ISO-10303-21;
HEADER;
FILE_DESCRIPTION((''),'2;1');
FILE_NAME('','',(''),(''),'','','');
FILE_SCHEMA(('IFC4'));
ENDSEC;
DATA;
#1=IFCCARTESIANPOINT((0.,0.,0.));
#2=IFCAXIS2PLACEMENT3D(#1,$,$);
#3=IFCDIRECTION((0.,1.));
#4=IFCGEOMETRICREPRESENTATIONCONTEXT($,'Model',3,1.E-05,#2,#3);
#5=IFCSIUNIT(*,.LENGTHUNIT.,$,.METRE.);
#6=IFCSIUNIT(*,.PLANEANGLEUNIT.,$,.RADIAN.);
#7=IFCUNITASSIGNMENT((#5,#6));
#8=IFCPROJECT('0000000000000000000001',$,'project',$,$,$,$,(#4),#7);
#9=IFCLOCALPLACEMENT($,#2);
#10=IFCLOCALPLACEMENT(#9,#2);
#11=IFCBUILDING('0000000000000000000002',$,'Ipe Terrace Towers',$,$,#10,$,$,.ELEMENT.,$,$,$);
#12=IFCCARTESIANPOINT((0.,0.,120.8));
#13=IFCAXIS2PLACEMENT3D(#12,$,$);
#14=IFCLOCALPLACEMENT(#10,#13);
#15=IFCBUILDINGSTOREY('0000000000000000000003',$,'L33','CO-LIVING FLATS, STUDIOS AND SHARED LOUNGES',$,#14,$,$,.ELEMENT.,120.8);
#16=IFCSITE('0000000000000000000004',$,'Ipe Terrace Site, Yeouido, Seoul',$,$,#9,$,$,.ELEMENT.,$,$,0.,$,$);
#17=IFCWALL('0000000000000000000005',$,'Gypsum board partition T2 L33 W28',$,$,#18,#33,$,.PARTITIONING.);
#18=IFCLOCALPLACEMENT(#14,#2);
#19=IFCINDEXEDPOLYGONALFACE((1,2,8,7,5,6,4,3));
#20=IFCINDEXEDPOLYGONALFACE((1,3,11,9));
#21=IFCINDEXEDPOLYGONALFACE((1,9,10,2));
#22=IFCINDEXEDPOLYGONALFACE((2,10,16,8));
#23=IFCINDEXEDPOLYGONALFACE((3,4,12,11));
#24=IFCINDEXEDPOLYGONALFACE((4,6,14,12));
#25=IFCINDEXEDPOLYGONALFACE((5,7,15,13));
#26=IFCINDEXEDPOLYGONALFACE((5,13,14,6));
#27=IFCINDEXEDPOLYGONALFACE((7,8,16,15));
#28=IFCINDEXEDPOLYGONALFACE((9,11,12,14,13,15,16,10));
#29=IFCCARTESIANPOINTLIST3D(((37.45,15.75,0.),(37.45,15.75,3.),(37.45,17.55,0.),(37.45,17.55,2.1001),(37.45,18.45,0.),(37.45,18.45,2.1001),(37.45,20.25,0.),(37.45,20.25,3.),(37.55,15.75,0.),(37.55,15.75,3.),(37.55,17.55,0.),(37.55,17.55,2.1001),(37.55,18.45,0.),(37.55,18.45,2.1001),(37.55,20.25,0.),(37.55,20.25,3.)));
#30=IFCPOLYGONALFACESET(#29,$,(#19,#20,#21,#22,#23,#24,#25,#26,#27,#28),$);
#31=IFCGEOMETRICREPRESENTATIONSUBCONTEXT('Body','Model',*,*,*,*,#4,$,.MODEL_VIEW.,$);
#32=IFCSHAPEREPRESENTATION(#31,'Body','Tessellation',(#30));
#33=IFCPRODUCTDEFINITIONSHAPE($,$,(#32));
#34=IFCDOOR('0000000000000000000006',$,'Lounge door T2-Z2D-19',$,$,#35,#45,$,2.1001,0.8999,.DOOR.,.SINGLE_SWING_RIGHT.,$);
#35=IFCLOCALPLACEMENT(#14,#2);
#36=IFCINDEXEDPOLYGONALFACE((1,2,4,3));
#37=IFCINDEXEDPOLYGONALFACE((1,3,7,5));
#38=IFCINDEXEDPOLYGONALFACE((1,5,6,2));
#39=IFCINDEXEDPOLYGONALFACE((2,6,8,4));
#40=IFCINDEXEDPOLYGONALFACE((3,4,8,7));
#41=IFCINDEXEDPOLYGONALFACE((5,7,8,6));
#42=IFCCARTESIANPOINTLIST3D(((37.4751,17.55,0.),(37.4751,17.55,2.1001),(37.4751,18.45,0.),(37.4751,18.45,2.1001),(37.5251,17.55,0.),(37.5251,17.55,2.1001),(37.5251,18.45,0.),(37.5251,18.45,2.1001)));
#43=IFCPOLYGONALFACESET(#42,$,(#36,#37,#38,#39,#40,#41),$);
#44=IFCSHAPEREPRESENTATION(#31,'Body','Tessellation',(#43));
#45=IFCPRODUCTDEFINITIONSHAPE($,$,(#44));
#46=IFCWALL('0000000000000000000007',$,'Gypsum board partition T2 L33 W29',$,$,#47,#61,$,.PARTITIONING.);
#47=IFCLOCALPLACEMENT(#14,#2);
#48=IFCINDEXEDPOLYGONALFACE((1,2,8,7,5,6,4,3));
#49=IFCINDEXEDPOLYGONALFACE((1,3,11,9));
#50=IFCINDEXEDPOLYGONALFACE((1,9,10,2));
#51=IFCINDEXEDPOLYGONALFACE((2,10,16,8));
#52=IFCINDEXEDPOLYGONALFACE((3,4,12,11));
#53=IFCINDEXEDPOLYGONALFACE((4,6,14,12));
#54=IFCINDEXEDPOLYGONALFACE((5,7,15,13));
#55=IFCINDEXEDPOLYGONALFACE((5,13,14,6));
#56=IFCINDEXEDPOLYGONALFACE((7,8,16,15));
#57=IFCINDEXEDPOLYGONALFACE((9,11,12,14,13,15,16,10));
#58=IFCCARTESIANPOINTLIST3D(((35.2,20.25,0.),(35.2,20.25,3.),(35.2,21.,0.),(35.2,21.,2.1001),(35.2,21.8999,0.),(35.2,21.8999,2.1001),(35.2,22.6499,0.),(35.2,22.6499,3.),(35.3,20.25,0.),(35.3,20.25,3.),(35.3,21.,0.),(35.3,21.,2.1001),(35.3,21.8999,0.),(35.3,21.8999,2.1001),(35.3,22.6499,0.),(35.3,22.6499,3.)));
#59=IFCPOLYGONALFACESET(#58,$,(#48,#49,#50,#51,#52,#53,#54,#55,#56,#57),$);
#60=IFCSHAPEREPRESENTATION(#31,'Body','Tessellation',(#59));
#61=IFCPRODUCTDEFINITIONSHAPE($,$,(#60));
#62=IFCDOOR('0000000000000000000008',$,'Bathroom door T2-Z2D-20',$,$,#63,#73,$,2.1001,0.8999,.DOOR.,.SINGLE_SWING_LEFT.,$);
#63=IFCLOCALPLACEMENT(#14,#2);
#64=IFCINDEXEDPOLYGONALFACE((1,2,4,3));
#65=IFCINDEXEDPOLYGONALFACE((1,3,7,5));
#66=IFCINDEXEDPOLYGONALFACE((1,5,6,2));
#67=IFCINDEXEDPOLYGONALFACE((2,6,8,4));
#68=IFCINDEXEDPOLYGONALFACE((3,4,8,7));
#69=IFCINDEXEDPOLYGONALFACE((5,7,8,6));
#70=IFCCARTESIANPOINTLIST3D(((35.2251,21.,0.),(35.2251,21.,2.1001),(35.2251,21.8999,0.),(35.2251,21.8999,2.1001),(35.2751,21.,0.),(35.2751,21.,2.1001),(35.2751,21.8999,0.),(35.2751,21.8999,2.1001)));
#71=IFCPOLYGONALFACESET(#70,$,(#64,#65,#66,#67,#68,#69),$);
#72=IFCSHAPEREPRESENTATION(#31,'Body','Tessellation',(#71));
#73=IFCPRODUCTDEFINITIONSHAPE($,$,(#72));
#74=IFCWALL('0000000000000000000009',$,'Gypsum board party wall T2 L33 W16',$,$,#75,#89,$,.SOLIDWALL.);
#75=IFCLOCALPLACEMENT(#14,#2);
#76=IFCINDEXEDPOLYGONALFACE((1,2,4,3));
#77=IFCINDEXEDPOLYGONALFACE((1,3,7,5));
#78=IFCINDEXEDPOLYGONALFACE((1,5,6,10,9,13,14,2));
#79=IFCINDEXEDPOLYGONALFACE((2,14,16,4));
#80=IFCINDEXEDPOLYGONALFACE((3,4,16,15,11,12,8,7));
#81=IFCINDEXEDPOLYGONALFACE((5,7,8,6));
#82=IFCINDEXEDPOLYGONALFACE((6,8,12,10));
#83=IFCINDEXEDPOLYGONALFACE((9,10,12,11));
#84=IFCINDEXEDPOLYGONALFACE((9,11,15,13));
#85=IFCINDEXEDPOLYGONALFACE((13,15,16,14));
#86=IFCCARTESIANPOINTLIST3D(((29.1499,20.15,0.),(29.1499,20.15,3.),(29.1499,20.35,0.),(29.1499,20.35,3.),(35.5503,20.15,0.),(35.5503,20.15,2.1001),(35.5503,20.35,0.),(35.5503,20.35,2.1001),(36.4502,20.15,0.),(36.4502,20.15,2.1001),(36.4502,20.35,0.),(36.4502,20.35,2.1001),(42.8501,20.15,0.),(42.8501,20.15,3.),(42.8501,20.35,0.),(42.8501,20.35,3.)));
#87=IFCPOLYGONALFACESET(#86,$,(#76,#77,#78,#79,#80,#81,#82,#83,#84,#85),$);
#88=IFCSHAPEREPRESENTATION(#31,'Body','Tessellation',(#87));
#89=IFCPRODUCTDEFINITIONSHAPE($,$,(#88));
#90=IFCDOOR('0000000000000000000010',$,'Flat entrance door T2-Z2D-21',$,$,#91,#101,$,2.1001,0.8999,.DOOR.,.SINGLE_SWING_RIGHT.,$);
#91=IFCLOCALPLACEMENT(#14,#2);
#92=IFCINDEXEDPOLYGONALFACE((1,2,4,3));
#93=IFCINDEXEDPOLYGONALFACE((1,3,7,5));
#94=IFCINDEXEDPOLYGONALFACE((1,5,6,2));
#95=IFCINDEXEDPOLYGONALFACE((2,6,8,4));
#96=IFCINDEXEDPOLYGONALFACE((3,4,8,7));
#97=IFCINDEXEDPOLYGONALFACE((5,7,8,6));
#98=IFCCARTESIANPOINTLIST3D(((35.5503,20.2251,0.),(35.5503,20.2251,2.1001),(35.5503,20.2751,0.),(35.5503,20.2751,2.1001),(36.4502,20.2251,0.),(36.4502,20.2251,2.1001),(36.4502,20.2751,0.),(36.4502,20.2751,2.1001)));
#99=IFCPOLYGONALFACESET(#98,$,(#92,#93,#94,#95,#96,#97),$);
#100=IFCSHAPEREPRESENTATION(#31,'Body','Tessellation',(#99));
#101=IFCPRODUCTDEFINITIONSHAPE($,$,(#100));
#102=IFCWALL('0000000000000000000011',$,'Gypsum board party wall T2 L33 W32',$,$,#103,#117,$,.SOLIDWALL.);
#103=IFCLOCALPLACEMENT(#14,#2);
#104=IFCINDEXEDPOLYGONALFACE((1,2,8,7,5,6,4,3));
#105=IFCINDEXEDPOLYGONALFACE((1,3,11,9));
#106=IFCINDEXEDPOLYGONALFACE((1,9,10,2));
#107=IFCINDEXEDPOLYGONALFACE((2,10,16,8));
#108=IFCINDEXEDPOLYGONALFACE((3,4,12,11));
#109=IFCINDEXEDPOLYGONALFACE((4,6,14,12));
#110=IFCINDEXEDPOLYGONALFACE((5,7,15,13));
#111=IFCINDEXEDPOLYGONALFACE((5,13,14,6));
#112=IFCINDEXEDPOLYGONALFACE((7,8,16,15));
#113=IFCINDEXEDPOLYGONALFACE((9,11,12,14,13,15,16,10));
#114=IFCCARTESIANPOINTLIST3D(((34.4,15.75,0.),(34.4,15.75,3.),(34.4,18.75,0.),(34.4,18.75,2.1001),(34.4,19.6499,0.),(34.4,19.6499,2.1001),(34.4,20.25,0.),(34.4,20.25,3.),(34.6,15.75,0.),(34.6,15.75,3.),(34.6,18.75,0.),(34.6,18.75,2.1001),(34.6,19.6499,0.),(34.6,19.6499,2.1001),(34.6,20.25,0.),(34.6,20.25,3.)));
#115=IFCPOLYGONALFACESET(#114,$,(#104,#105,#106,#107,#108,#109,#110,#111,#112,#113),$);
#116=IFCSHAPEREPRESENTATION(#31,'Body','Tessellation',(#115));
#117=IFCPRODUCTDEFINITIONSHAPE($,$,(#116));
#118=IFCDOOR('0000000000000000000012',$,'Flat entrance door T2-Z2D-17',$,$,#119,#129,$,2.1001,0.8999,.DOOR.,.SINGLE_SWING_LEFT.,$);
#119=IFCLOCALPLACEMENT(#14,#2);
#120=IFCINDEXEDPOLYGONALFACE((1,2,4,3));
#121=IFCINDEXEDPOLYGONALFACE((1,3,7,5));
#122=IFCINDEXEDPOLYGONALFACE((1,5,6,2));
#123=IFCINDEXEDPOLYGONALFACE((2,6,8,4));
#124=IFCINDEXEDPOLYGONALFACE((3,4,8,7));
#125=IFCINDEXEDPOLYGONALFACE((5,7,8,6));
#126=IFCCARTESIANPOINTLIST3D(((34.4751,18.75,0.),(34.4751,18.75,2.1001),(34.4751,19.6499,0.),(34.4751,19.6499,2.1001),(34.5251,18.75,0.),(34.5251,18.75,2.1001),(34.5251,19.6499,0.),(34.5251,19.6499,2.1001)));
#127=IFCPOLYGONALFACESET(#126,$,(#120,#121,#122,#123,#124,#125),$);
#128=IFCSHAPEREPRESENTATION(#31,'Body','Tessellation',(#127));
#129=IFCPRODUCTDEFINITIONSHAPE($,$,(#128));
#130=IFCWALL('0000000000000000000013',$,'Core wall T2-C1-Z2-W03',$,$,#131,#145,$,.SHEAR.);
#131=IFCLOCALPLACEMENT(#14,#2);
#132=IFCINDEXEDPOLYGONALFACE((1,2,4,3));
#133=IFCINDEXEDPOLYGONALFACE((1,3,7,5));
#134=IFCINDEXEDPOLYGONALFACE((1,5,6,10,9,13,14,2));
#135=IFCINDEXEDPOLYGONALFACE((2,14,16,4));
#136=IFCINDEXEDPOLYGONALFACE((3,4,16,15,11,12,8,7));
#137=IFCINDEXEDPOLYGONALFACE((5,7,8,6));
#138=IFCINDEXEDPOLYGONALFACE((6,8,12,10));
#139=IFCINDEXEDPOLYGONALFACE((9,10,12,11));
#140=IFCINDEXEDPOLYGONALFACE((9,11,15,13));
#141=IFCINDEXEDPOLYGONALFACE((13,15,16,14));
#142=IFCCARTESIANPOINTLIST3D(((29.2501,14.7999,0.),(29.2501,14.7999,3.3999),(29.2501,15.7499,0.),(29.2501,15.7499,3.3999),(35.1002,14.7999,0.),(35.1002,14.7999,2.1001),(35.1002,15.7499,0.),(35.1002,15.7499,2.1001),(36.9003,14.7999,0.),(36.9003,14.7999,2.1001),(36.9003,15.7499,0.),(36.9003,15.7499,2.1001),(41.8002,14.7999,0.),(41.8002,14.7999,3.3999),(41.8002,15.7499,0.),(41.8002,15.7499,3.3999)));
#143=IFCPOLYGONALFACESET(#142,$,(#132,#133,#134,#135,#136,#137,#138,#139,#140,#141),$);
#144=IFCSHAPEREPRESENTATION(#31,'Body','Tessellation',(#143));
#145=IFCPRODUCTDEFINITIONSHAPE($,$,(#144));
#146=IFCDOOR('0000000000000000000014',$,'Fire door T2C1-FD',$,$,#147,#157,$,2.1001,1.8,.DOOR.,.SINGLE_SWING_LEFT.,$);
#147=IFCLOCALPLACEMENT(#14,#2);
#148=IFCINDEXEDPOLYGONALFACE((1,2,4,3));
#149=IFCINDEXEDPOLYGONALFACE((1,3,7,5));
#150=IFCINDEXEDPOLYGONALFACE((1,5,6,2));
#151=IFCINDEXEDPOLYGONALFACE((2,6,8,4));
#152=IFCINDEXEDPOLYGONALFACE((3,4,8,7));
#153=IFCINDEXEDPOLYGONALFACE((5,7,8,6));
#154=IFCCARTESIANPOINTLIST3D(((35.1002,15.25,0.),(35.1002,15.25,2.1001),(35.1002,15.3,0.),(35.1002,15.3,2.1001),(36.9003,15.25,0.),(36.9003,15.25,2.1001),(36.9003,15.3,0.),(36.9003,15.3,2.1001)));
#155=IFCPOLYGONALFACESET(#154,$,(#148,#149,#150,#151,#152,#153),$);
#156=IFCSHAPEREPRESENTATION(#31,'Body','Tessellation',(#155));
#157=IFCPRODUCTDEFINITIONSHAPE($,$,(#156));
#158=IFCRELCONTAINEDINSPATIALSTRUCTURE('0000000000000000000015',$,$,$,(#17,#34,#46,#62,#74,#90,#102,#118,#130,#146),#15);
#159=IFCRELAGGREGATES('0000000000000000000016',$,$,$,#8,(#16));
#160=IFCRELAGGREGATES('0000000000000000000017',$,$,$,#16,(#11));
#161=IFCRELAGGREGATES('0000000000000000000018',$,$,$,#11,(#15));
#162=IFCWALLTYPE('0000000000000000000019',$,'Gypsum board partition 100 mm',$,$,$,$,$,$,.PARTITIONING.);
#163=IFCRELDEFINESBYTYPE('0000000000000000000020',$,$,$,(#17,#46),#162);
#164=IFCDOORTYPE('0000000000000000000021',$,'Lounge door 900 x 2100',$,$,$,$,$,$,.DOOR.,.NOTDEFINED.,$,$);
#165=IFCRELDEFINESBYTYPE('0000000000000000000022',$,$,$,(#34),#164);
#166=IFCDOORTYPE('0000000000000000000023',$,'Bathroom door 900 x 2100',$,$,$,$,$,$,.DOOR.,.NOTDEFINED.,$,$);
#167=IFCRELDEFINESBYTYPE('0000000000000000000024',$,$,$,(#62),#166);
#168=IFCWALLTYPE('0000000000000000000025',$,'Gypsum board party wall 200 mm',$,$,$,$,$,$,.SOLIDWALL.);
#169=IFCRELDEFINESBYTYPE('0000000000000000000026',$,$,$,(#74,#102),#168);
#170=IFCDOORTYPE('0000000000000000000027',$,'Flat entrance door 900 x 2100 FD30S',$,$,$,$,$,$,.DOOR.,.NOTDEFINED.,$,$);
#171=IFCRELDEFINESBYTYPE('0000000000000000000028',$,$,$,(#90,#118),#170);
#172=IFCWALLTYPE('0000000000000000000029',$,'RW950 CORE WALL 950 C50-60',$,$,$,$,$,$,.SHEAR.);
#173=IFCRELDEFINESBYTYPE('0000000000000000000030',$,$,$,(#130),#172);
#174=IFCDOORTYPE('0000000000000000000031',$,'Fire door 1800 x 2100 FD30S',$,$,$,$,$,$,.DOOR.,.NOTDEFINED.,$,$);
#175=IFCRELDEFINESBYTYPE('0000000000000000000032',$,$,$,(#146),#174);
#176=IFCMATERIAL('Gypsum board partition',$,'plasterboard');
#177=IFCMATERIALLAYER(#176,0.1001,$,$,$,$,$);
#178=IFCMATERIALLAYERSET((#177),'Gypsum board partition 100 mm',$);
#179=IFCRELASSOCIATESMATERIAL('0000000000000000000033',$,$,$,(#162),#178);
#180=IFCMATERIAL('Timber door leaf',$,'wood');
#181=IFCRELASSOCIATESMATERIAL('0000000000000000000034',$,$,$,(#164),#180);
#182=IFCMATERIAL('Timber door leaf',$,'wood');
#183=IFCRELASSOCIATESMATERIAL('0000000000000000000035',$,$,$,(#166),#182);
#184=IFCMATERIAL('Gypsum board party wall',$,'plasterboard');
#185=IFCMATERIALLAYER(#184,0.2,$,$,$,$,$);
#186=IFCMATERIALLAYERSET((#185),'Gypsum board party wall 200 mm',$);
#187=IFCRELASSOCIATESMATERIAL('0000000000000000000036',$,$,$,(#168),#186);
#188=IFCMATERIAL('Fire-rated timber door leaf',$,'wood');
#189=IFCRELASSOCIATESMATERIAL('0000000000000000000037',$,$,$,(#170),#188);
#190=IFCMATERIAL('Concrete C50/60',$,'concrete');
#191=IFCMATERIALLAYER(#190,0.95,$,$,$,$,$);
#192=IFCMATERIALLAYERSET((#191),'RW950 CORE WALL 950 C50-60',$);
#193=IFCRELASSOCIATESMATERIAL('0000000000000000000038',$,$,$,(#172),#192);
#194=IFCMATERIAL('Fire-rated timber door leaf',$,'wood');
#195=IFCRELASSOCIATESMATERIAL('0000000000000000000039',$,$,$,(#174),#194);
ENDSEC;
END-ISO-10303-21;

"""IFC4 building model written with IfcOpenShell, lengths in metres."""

from ifc_helpers import new_model, si_unit, direction, frame, frame_2d, origin, place, context, subcontext, project, spatial, rectangle, extrude, material, layer, layer_set, type_object, element, fill, save


model = new_model("IFC4")

# Units and contexts
model_context = context("Model", 3, precision=1e-05, world=origin(), true_north=direction((0.0, 1.0)))
body_context = subcontext(model_context, "Body", "Model", "MODEL_VIEW")
ifc_project = project(units=[si_unit("LENGTHUNIT", "METRE"), si_unit("PLANEANGLEUNIT", "RADIAN")], contexts=[model_context])

# Site, building, storey
site_placement = place(None, origin())
site = spatial("IfcSite", under=ifc_project, at=site_placement, Name="Ipe Terrace Site, Yeouido, Seoul", CompositionType="ELEMENT", RefElevation=0.0)
building_placement = place(site_placement, origin())
building = spatial("IfcBuilding", under=site, at=building_placement, Name="Ipe Terrace Towers", CompositionType="ELEMENT")
storey_placement = place(building_placement, frame((0.0, 0.0, 120.8)))
storey = spatial("IfcBuildingStorey", under=building, at=storey_placement, Name="L33", Description="CO-LIVING FLATS, STUDIOS AND SHARED LOUNGES", CompositionType="ELEMENT", Elevation=120.8)

# Shared definitions
ifc_material_1 = material(Name="Gypsum board partition", Category="plasterboard")
ifc_layer_1 = layer(ifc_material_1, 0.1001)
ifc_layer_set_1 = layer_set([ifc_layer_1], Name="Gypsum board partition 100 mm")
wall_type_1 = type_object("IfcWallType", Name="Gypsum board partition 100 mm", PredefinedType="PARTITIONING", material=ifc_layer_set_1)

# Walls, openings, doors
wall_1_placement = place(storey_placement, frame((37.5, 15.75, 0.0), z_axis=(0.0, 0.0, 1.0), x_axis=(0.0, 1.0, 0.0)))
wall_1 = element("IfcWall", 1, at=wall_1_placement, inside=storey, type_object=wall_type_1, Name="Gypsum board partition T2 L33 W28", PredefinedType="PARTITIONING", context=body_context, shape_type="SweptSolid", body=[
    extrude(rectangle(XDim=4.5, YDim=0.1001, at=frame_2d((2.25, 0.0))), origin(), (0.0, 0.0, 1.0), 3.0),
])
opening_1_placement = place(wall_1_placement, frame((1.8, 0.0, 0.0)))
opening_1 = element("IfcOpeningElement", 2, at=opening_1_placement, cuts=wall_1, PredefinedType="OPENING", context=body_context, shape_type="SweptSolid", body=[
    extrude(rectangle(XDim=0.8999, YDim=2.1001, at=frame_2d((0.45, 1.05))), frame((0.0, 0.0601, 0.0), z_axis=(0.0, -1.0, 0.0), x_axis=(1.0, 0.0, 0.0)), (0.0, 0.0, 1.0), 0.1201),
])
ifc_material_2 = material(Name="Timber door leaf", Category="wood")
door_type_1 = type_object("IfcDoorType", Name="Lounge door 900 x 2100", OperationType="NOTDEFINED", PredefinedType="DOOR", material=ifc_material_2)
door_1_placement = place(opening_1_placement, origin())
door_1 = element("IfcDoor", 3, at=door_1_placement, inside=storey, type_object=door_type_1, Name="Lounge door T2-Z2D-19", OperationType="SINGLE_SWING_RIGHT", OverallHeight=2.1001, OverallWidth=0.8999, PredefinedType="DOOR", context=body_context, shape_type="SweptSolid", body=[
    extrude(rectangle(XDim=0.8999, YDim=2.1001, at=frame_2d((0.45, 1.05))), frame((0.0, 0.0249, 0.0), z_axis=(0.0, -1.0, 0.0), x_axis=(1.0, 0.0, 0.0)), (0.0, 0.0, 1.0), 0.05),
])
fill(opening_1, door_1)
wall_2_placement = place(storey_placement, frame((35.25, 20.25, 0.0), z_axis=(0.0, 0.0, 1.0), x_axis=(0.0, 1.0, 0.0)))
wall_2 = element("IfcWall", 4, at=wall_2_placement, inside=storey, type_object=wall_type_1, Name="Gypsum board partition T2 L33 W29", PredefinedType="PARTITIONING", context=body_context, shape_type="SweptSolid", body=[
    extrude(rectangle(XDim=2.3999, YDim=0.1001, at=frame_2d((1.2, 0.0))), origin(), (0.0, 0.0, 1.0), 3.0),
])
opening_2_placement = place(wall_2_placement, frame((0.75, 0.0, 0.0)))
opening_2 = element("IfcOpeningElement", 5, at=opening_2_placement, cuts=wall_2, PredefinedType="OPENING", context=body_context, shape_type="SweptSolid", body=[
    extrude(rectangle(XDim=0.8999, YDim=2.1001, at=frame_2d((0.45, 1.05))), frame((0.0, 0.0601, 0.0), z_axis=(0.0, -1.0, 0.0), x_axis=(1.0, 0.0, 0.0)), (0.0, 0.0, 1.0), 0.1201),
])
ifc_material_3 = material(Name="Timber door leaf", Category="wood")
door_type_2 = type_object("IfcDoorType", Name="Bathroom door 900 x 2100", OperationType="NOTDEFINED", PredefinedType="DOOR", material=ifc_material_3)
door_2_placement = place(opening_2_placement, origin())
door_2 = element("IfcDoor", 6, at=door_2_placement, inside=storey, type_object=door_type_2, Name="Bathroom door T2-Z2D-20", OperationType="SINGLE_SWING_LEFT", OverallHeight=2.1001, OverallWidth=0.8999, PredefinedType="DOOR", context=body_context, shape_type="SweptSolid", body=[
    extrude(rectangle(XDim=0.8999, YDim=2.1001, at=frame_2d((0.45, 1.05))), frame((0.0, 0.0249, 0.0), z_axis=(0.0, -1.0, 0.0), x_axis=(1.0, 0.0, 0.0)), (0.0, 0.0, 1.0), 0.05),
])
fill(opening_2, door_2)
ifc_material_4 = material(Name="Gypsum board party wall", Category="plasterboard")
ifc_layer_2 = layer(ifc_material_4, 0.2)
ifc_layer_set_2 = layer_set([ifc_layer_2], Name="Gypsum board party wall 200 mm")
wall_type_2 = type_object("IfcWallType", Name="Gypsum board party wall 200 mm", PredefinedType="SOLIDWALL", material=ifc_layer_set_2)
wall_3_placement = place(storey_placement, frame((42.8501, 20.25, 0.0), z_axis=(0.0, 0.0, 1.0), x_axis=(-1.0, 0.0, 0.0)))
wall_3 = element("IfcWall", 7, at=wall_3_placement, inside=storey, type_object=wall_type_2, Name="Gypsum board party wall T2 L33 W16", PredefinedType="SOLIDWALL", context=body_context, shape_type="SweptSolid", body=[
    extrude(rectangle(XDim=13.7002, YDim=0.2, at=frame_2d((6.8501, 0.0))), origin(), (0.0, 0.0, 1.0), 3.0),
])
opening_3_placement = place(wall_3_placement, frame((6.3999, 0.0, 0.0)))
opening_3 = element("IfcOpeningElement", 8, at=opening_3_placement, cuts=wall_3, PredefinedType="OPENING", context=body_context, shape_type="SweptSolid", body=[
    extrude(rectangle(XDim=0.8999, YDim=2.1001, at=frame_2d((0.45, 1.05))), frame((0.0, 0.1099, 0.0), z_axis=(0.0, -1.0, 0.0), x_axis=(1.0, 0.0, 0.0)), (0.0, 0.0, 1.0), 0.22),
])
ifc_material_5 = material(Name="Fire-rated timber door leaf", Category="wood")
door_type_3 = type_object("IfcDoorType", Name="Flat entrance door 900 x 2100 FD30S", OperationType="NOTDEFINED", PredefinedType="DOOR", material=ifc_material_5)
door_3_placement = place(opening_3_placement, origin())
door_3 = element("IfcDoor", 9, at=door_3_placement, inside=storey, type_object=door_type_3, Name="Flat entrance door T2-Z2D-21", OperationType="SINGLE_SWING_RIGHT", OverallHeight=2.1001, OverallWidth=0.8999, PredefinedType="DOOR", context=body_context, shape_type="SweptSolid", body=[
    extrude(rectangle(XDim=0.8999, YDim=2.1001, at=frame_2d((0.45, 1.05))), frame((0.0, 0.0249, 0.0), z_axis=(0.0, -1.0, 0.0), x_axis=(1.0, 0.0, 0.0)), (0.0, 0.0, 1.0), 0.05),
])
fill(opening_3, door_3)
wall_4_placement = place(storey_placement, frame((34.5, 15.75, 0.0), z_axis=(0.0, 0.0, 1.0), x_axis=(0.0, 1.0, 0.0)))
wall_4 = element("IfcWall", 10, at=wall_4_placement, inside=storey, type_object=wall_type_2, Name="Gypsum board party wall T2 L33 W32", PredefinedType="SOLIDWALL", context=body_context, shape_type="SweptSolid", body=[
    extrude(rectangle(XDim=4.5, YDim=0.2, at=frame_2d((2.25, 0.0))), origin(), (0.0, 0.0, 1.0), 3.0),
])
opening_4_placement = place(wall_4_placement, frame((3.0, 0.0, 0.0)))
opening_4 = element("IfcOpeningElement", 11, at=opening_4_placement, cuts=wall_4, PredefinedType="OPENING", context=body_context, shape_type="SweptSolid", body=[
    extrude(rectangle(XDim=0.8999, YDim=2.1001, at=frame_2d((0.45, 1.05))), frame((0.0, 0.1099, 0.0), z_axis=(0.0, -1.0, 0.0), x_axis=(1.0, 0.0, 0.0)), (0.0, 0.0, 1.0), 0.22),
])
door_4_placement = place(opening_4_placement, origin())
door_4 = element("IfcDoor", 12, at=door_4_placement, inside=storey, type_object=door_type_3, Name="Flat entrance door T2-Z2D-17", OperationType="SINGLE_SWING_LEFT", OverallHeight=2.1001, OverallWidth=0.8999, PredefinedType="DOOR", context=body_context, shape_type="SweptSolid", body=[
    extrude(rectangle(XDim=0.8999, YDim=2.1001, at=frame_2d((0.45, 1.05))), frame((0.0, 0.0249, 0.0), z_axis=(0.0, -1.0, 0.0), x_axis=(1.0, 0.0, 0.0)), (0.0, 0.0, 1.0), 0.05),
])
fill(opening_4, door_4)
ifc_material_6 = material(Name="Concrete C50/60", Category="concrete")
ifc_layer_3 = layer(ifc_material_6, 0.95)
ifc_layer_set_3 = layer_set([ifc_layer_3], Name="RW950 CORE WALL 950 C50-60")
wall_type_3 = type_object("IfcWallType", Name="RW950 CORE WALL 950 C50-60", PredefinedType="SHEAR", material=ifc_layer_set_3)
wall_5_placement = place(storey_placement, frame((41.8, 15.2749, 0.0), z_axis=(0.0, 0.0, 1.0), x_axis=(-1.0, 0.0, 0.0)))
wall_5 = element("IfcWall", 13, at=wall_5_placement, inside=storey, type_object=wall_type_3, Name="Core wall T2-C1-Z2-W03", PredefinedType="SHEAR", context=body_context, shape_type="SweptSolid", body=[
    extrude(rectangle(XDim=12.55, YDim=0.95, at=frame_2d((6.2749, 0.0))), origin(), (0.0, 0.0, 1.0), 3.3999),
])
opening_5_placement = place(wall_5_placement, frame((4.8999, 0.0, 0.0)))
opening_5 = element("IfcOpeningElement", 14, at=opening_5_placement, cuts=wall_5, PredefinedType="OPENING", context=body_context, shape_type="SweptSolid", body=[
    extrude(rectangle(XDim=1.8, YDim=2.1001, at=frame_2d((0.8999, 1.05))), frame((0.0, 0.4849, 0.0), z_axis=(0.0, -1.0, 0.0), x_axis=(1.0, 0.0, 0.0)), (0.0, 0.0, 1.0), 0.97),
])
ifc_material_7 = material(Name="Fire-rated timber door leaf", Category="wood")
door_type_4 = type_object("IfcDoorType", Name="Fire door 1800 x 2100 FD30S", OperationType="NOTDEFINED", PredefinedType="DOOR", material=ifc_material_7)
door_5_placement = place(opening_5_placement, origin())
door_5 = element("IfcDoor", 15, at=door_5_placement, inside=storey, type_object=door_type_4, Name="Fire door T2C1-FD", OperationType="SINGLE_SWING_LEFT", OverallHeight=2.1001, OverallWidth=1.8, PredefinedType="DOOR", context=body_context, shape_type="SweptSolid", body=[
    extrude(rectangle(XDim=1.8, YDim=2.1001, at=frame_2d((0.8999, 1.05))), frame((0.0, 0.0249, 0.0), z_axis=(0.0, -1.0, 0.0), x_axis=(1.0, 0.0, 0.0)), (0.0, 0.0, 1.0), 0.05),
])
fill(opening_5, door_5)

save(model, "model.ifc")
